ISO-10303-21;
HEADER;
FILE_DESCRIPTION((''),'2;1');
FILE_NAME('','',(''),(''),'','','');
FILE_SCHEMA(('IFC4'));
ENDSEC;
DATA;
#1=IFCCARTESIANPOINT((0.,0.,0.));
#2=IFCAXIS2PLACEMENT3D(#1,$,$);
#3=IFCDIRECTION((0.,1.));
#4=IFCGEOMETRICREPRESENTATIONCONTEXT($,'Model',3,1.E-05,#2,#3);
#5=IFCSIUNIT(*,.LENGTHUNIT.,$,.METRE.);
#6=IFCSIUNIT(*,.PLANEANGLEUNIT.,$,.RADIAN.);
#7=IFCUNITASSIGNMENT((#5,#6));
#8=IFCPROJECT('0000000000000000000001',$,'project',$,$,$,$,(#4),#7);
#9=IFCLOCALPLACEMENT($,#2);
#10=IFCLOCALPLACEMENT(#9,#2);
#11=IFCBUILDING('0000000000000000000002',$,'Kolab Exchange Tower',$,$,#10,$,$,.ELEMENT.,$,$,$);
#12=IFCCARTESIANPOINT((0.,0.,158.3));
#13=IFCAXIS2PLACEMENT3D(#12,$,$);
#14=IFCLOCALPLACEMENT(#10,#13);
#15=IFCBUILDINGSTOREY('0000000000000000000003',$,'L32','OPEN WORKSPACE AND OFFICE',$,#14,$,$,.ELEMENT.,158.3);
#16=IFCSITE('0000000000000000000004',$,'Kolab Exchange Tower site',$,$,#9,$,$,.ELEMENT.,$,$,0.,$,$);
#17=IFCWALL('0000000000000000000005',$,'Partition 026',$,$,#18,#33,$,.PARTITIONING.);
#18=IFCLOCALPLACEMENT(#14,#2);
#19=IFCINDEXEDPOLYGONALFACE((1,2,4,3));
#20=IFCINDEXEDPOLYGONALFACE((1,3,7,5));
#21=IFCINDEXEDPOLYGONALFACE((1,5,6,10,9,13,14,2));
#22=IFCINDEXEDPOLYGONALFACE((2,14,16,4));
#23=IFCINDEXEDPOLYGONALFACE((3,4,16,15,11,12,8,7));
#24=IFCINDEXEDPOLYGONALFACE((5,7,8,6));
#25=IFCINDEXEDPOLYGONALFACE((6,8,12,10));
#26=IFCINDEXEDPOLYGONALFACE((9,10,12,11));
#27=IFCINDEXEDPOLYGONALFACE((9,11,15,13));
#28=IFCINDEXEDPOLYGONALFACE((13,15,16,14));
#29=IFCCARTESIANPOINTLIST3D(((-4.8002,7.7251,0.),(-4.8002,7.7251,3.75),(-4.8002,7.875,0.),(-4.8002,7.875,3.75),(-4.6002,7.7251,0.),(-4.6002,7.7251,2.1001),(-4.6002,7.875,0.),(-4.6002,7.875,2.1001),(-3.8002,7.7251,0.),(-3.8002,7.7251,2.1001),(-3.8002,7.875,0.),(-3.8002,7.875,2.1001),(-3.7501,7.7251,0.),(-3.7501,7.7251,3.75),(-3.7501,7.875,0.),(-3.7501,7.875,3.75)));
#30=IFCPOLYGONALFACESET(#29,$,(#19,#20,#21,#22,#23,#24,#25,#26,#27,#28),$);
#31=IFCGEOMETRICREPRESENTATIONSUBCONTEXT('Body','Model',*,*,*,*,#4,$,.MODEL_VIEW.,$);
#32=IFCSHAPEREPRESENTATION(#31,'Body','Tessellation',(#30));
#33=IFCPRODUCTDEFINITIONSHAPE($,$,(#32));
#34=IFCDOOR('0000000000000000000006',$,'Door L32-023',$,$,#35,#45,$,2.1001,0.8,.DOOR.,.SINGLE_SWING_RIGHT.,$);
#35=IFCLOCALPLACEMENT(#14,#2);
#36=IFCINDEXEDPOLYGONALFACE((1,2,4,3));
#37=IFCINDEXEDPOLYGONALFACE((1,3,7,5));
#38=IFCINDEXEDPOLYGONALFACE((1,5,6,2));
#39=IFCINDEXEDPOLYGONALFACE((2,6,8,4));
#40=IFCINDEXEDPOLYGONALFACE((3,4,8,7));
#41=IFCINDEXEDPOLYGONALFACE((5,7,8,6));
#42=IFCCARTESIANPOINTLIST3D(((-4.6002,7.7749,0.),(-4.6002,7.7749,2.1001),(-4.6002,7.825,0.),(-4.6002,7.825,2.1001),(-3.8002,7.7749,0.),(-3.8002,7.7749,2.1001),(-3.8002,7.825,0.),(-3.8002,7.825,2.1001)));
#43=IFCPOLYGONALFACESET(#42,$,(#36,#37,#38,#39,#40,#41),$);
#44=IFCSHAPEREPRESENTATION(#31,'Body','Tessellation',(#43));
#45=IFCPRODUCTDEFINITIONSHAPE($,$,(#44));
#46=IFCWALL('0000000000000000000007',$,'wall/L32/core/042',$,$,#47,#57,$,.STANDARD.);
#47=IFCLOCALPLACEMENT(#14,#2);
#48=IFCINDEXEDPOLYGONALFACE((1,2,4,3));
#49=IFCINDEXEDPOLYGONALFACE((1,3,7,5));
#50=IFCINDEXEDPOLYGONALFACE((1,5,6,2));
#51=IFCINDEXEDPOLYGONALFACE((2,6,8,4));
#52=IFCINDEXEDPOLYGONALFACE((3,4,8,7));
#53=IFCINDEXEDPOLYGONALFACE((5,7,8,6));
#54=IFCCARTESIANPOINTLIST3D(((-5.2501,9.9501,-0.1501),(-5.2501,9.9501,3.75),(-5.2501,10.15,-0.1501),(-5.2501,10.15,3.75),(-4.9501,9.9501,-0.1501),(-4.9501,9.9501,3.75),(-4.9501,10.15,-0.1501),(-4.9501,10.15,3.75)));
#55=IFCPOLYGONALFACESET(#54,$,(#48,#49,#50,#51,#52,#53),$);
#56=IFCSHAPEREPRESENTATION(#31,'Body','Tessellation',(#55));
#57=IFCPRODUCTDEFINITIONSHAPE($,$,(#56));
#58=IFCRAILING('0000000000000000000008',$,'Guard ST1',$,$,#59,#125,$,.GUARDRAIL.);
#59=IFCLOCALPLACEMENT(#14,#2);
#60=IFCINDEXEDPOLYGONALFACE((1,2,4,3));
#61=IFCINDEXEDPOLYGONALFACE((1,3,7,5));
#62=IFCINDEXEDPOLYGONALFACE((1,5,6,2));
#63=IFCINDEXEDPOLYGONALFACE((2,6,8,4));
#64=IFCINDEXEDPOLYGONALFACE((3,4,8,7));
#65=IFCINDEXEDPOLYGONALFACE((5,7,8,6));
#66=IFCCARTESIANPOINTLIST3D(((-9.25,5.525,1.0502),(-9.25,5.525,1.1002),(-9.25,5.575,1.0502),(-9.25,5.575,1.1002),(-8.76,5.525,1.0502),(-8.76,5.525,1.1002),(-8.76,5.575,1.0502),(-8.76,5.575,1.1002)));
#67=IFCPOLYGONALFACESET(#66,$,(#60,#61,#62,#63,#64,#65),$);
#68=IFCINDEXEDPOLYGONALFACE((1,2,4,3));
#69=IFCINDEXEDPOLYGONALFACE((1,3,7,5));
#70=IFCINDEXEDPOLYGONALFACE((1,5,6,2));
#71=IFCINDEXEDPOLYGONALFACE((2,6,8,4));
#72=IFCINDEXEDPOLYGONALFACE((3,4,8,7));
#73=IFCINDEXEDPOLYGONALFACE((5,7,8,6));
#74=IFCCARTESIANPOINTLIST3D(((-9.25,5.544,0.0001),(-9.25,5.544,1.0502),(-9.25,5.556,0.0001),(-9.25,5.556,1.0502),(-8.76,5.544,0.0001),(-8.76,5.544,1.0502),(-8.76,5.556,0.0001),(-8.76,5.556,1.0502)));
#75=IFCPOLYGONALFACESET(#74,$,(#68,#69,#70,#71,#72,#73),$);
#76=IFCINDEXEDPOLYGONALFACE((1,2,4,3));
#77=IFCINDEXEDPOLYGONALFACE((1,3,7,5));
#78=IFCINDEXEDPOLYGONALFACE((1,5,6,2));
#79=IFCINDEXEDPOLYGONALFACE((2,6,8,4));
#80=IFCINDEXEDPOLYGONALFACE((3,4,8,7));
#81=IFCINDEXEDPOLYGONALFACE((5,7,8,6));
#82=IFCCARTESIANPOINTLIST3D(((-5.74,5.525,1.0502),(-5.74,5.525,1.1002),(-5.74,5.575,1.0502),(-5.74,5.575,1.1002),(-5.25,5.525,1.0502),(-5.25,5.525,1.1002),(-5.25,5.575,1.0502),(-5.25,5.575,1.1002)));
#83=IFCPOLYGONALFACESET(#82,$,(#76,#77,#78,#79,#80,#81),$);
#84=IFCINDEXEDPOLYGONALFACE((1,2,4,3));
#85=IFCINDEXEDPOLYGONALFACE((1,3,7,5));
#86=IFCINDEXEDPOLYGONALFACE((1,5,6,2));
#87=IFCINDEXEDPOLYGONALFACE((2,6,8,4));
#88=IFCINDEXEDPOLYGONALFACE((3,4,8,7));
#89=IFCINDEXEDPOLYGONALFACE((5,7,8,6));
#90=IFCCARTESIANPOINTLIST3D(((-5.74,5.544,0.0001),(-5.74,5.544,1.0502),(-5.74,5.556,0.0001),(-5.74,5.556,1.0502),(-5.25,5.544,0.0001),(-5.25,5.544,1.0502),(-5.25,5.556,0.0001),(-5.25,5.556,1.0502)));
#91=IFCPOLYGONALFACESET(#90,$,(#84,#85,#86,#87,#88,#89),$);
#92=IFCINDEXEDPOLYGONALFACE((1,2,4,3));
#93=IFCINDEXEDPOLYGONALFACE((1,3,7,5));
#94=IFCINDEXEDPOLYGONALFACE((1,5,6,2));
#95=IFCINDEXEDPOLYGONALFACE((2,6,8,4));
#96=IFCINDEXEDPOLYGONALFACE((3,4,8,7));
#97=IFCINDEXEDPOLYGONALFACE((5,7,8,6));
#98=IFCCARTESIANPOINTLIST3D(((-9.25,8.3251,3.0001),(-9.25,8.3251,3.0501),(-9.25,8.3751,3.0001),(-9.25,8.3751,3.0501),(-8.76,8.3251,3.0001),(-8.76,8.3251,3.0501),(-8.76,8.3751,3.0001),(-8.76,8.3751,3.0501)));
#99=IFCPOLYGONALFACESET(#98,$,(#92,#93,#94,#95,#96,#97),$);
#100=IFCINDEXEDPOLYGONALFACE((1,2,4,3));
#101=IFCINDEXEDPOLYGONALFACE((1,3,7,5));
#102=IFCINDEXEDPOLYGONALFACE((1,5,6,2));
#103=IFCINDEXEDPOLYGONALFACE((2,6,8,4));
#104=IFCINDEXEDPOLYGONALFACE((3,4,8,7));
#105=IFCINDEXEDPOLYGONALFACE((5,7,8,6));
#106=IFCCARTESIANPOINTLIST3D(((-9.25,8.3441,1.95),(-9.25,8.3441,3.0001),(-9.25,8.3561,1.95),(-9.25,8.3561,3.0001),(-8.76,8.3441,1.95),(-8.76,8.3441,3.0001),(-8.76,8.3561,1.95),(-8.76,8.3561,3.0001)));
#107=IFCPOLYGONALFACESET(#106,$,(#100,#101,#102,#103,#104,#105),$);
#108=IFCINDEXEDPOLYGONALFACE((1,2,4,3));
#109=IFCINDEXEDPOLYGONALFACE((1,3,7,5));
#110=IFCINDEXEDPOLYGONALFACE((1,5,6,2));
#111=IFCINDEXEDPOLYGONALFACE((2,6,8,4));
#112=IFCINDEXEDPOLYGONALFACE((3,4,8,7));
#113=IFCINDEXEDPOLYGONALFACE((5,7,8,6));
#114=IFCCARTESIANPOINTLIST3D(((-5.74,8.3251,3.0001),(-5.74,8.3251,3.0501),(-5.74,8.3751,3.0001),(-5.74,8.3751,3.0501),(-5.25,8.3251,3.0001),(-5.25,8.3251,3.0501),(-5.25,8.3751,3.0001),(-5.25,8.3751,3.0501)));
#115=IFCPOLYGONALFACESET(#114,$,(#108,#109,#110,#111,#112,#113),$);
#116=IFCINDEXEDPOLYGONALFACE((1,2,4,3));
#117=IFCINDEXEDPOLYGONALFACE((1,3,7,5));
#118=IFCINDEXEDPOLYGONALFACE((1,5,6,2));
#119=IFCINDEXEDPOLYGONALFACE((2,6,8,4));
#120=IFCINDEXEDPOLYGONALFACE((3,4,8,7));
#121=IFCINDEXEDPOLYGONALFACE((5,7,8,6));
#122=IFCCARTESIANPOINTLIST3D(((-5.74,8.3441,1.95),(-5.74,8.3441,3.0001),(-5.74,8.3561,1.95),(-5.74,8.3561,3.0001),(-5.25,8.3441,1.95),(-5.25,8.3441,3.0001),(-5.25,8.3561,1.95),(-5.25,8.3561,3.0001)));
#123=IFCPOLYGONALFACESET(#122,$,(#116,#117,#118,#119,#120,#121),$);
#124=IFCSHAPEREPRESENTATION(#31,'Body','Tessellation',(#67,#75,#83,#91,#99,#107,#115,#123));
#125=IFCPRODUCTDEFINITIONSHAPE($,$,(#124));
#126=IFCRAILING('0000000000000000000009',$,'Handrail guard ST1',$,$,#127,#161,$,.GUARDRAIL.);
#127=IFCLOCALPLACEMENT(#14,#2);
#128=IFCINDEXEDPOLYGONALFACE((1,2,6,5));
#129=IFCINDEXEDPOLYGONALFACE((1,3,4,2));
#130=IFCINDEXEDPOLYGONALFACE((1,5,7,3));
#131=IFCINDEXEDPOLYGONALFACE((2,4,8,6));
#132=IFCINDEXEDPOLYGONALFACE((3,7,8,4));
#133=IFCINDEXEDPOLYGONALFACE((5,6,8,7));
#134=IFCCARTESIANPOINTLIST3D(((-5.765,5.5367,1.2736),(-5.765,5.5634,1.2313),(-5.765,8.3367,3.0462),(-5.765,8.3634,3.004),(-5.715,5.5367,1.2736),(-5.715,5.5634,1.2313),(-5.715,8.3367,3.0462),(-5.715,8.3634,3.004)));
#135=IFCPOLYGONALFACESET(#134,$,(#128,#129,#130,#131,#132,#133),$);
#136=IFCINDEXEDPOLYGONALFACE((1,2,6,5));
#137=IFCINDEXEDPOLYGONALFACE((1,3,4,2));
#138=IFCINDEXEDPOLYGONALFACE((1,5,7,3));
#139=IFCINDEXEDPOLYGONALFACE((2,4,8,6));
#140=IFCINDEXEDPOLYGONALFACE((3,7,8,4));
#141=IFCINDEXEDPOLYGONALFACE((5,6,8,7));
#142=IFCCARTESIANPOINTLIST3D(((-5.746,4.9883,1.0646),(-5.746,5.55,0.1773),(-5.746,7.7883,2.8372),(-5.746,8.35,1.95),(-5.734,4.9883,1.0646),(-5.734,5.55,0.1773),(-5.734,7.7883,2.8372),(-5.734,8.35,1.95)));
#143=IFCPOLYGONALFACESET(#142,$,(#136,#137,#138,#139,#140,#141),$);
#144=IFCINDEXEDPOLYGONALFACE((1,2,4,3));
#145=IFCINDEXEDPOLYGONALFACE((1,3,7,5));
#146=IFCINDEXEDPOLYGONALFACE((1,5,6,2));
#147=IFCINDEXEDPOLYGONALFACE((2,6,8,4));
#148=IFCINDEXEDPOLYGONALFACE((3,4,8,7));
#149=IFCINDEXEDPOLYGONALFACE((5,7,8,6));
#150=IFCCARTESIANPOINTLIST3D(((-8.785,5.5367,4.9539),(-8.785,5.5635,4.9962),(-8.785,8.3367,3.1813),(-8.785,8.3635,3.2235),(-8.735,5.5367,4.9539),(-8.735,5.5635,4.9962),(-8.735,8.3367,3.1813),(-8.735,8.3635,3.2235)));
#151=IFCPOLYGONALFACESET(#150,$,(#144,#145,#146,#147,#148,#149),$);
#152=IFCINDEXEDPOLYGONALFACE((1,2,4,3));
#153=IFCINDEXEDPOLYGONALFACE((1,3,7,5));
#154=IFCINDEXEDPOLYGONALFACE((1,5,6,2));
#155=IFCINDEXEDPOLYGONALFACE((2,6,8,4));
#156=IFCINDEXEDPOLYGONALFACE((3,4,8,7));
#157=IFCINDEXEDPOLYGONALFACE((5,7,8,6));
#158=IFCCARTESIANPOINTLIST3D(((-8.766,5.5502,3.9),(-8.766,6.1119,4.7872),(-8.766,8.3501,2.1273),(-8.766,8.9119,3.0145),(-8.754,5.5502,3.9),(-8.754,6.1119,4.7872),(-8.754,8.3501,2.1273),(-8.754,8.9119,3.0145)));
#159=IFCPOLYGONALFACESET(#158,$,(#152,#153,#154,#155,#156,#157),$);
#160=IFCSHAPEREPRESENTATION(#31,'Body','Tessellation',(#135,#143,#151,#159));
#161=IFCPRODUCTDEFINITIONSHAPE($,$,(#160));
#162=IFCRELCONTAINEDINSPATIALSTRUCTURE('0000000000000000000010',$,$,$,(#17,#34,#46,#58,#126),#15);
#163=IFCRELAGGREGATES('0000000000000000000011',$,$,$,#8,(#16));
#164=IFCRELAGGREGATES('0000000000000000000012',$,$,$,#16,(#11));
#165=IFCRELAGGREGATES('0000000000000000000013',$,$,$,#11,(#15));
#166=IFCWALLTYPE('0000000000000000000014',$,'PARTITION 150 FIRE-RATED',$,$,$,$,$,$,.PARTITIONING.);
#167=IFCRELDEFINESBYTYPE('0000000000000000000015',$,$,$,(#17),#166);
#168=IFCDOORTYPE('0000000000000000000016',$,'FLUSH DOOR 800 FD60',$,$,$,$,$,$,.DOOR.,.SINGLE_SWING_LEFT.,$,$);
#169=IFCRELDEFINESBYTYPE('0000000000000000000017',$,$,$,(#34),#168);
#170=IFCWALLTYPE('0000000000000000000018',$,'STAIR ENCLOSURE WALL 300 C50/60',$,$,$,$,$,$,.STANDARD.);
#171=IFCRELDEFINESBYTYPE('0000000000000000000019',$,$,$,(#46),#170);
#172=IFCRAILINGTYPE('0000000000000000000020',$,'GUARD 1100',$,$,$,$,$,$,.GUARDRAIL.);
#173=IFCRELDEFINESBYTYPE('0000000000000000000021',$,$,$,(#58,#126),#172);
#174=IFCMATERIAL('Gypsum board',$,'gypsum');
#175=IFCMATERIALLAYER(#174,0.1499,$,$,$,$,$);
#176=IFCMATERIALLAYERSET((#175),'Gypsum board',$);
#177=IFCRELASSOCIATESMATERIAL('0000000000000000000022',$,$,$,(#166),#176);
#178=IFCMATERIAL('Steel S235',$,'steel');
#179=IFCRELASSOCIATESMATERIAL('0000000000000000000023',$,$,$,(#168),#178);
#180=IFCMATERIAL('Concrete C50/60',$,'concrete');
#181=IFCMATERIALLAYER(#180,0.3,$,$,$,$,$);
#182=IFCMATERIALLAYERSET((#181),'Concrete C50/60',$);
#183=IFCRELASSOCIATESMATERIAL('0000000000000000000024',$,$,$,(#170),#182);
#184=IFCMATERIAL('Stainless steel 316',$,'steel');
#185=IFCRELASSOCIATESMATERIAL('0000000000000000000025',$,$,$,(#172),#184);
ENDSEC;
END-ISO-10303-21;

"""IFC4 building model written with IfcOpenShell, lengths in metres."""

from ifc_helpers import new_model, si_unit, direction, frame, frame_2d, origin, origin_2d, place, context, subcontext, project, spatial, rectangle, extrude, material, layer, layer_set, type_object, element, fill, save


model = new_model("IFC4")

# Units and contexts
model_context = context("Model", 3, precision=1e-05, world=origin(), true_north=direction((0.0, 1.0)))
body_context = subcontext(model_context, "Body", "Model", "MODEL_VIEW")
ifc_project = project(units=[si_unit("LENGTHUNIT", "METRE"), si_unit("PLANEANGLEUNIT", "RADIAN")], contexts=[model_context])

# Site, building, storey
site_placement = place(None, origin())
site = spatial("IfcSite", under=ifc_project, at=site_placement, Name="Kolab Exchange Tower site", CompositionType="ELEMENT", RefElevation=0.0)
building_placement = place(site_placement, origin())
building = spatial("IfcBuilding", under=site, at=building_placement, Name="Kolab Exchange Tower", CompositionType="ELEMENT")
storey_placement = place(building_placement, frame((0.0, 0.0, 158.3)))
storey = spatial("IfcBuildingStorey", under=building, at=storey_placement, Name="L32", Description="OPEN WORKSPACE AND OFFICE", CompositionType="ELEMENT", Elevation=158.3)

# Shared definitions
ifc_material_1 = material(Name="Steel S235", Category="steel")
ifc_material_2 = material(Name="Concrete C50/60", Category="concrete")
ifc_material_3 = material(Name="Stainless steel 316", Category="steel")

# Shared definitions
ifc_material_4 = material(Name="Gypsum board", Category="gypsum")
ifc_layer_1 = layer(ifc_material_4, 0.1499)
ifc_layer_set_1 = layer_set([ifc_layer_1], Name="Gypsum board")
wall_type_1 = type_object("IfcWallType", Name="PARTITION 150 FIRE-RATED", PredefinedType="PARTITIONING", material=ifc_layer_set_1)

# Wall, opening, door
wall_1_placement = place(storey_placement, frame((-4.8, 7.8, 0.0), z_axis=(0.0, 0.0, 1.0), x_axis=(1.0, 0.0, 0.0)))
wall_1 = element("IfcWall", 1, at=wall_1_placement, inside=storey, type_object=wall_type_1, Name="Partition 026", PredefinedType="PARTITIONING", context=body_context, shape_type="SweptSolid", body=[
    extrude(rectangle(XDim=1.05, YDim=0.1499, at=frame_2d((0.5249, 0.0))), origin(), (0.0, 0.0, 1.0), 3.75),
])
opening_1_placement = place(wall_1_placement, frame((0.2, 0.0, 0.0)))
opening_1 = element("IfcOpeningElement", 2, at=opening_1_placement, cuts=wall_1, PredefinedType="OPENING", context=body_context, shape_type="SweptSolid", body=[
    extrude(rectangle(XDim=0.8, YDim=2.1001, at=frame_2d((0.3999, 1.05))), frame((0.0, 0.085, 0.0), z_axis=(0.0, -1.0, 0.0), x_axis=(1.0, 0.0, 0.0)), (0.0, 0.0, 1.0), 0.1699),
])
door_type_1 = type_object("IfcDoorType", Name="FLUSH DOOR 800 FD60", OperationType="SINGLE_SWING_LEFT", PredefinedType="DOOR", material=ifc_material_1)
door_1_placement = place(opening_1_placement, origin())
door_1 = element("IfcDoor", 3, at=door_1_placement, inside=storey, type_object=door_type_1, Name="Door L32-023", OperationType="SINGLE_SWING_RIGHT", OverallHeight=2.1001, OverallWidth=0.8, PredefinedType="DOOR", context=body_context, shape_type="SweptSolid", body=[
    extrude(rectangle(XDim=0.8, YDim=2.1001, at=frame_2d((0.3999, 1.05))), frame((0.0, 0.0249, 0.0), z_axis=(0.0, -1.0, 0.0), x_axis=(1.0, 0.0, 0.0)), (0.0, 0.0, 1.0), 0.05),
])
fill(opening_1, door_1)

# Wall
ifc_layer_2 = layer(ifc_material_2, 0.3)
ifc_layer_set_2 = layer_set([ifc_layer_2], Name="Concrete C50/60")
wall_type_2 = type_object("IfcWallType", Name="STAIR ENCLOSURE WALL 300 C50/60", PredefinedType="STANDARD", material=ifc_layer_set_2)
wall_2_placement = place(storey_placement, frame((-5.1001, 9.95, -0.1501), z_axis=(0.0, 0.0, 1.0), x_axis=(0.0, 1.0, 0.0)))
element("IfcWall", 4, at=wall_2_placement, inside=storey, type_object=wall_type_2, Name="wall/L32/core/042", PredefinedType="STANDARD", context=body_context, shape_type="SweptSolid", body=[
    extrude(rectangle(XDim=0.2, YDim=0.3, at=frame_2d((0.1001, 0.0))), origin(), (0.0, 0.0, 1.0), 3.9001),
])

# Railings
railing_type = type_object("IfcRailingType", Name="GUARD 1100", PredefinedType="GUARDRAIL", material=ifc_material_3)
railing_1_placement = place(storey_placement, frame((-9.25, 5.55, 0.0)))
element("IfcRailing", 5, at=railing_1_placement, inside=storey, type_object=railing_type, Name="Guard ST1", PredefinedType="GUARDRAIL", context=body_context, shape_type="SweptSolid", body=[
    extrude(rectangle(XDim=0.05, YDim=0.05, at=origin_2d()), frame((0.0, 0.0, 1.0752), z_axis=(1.0, 0.0, 0.0), x_axis=(0.0, 1.0, 0.0)), (0.0, 0.0, 1.0), 0.49),
    extrude(rectangle(XDim=0.012, YDim=1.0501, at=frame_2d((0.0, 0.5251))), frame((0.0, 0.0, 0.0), z_axis=(1.0, 0.0, 0.0), x_axis=(0.0, 1.0, 0.0)), (0.0, 0.0, 1.0), 0.49),
    extrude(rectangle(XDim=0.05, YDim=0.05, at=origin_2d()), frame((3.51, 0.0, 1.0752), z_axis=(1.0, 0.0, 0.0), x_axis=(0.0, 1.0, 0.0)), (0.0, 0.0, 1.0), 0.49),
    extrude(rectangle(XDim=0.012, YDim=1.0501, at=frame_2d((0.0, 0.5251))), frame((3.51, 0.0, 0.0), z_axis=(1.0, 0.0, 0.0), x_axis=(0.0, 1.0, 0.0)), (0.0, 0.0, 1.0), 0.49),
    extrude(rectangle(XDim=0.05, YDim=0.05, at=origin_2d()), frame((0.0, 2.8, 3.0251), z_axis=(1.0, 0.0, 0.0), x_axis=(0.0, 1.0, 0.0)), (0.0, 0.0, 1.0), 0.49),
    extrude(rectangle(XDim=0.012, YDim=1.0501, at=frame_2d((0.0, 0.5251))), frame((0.0, 2.8, 1.95), z_axis=(1.0, 0.0, 0.0), x_axis=(0.0, 1.0, 0.0)), (0.0, 0.0, 1.0), 0.49),
    extrude(rectangle(XDim=0.05, YDim=0.05, at=origin_2d()), frame((3.51, 2.8, 3.0251), z_axis=(1.0, 0.0, 0.0), x_axis=(0.0, 1.0, 0.0)), (0.0, 0.0, 1.0), 0.49),
    extrude(rectangle(XDim=0.012, YDim=1.0501, at=frame_2d((0.0, 0.5251))), frame((3.51, 2.8, 1.95), z_axis=(1.0, 0.0, 0.0), x_axis=(0.0, 1.0, 0.0)), (0.0, 0.0, 1.0), 0.49),
])
railing_2_placement = place(storey_placement, frame((-5.74, 5.55, 0.1772)))
element("IfcRailing", 6, at=railing_2_placement, inside=storey, type_object=railing_type, Name="Handrail guard ST1", PredefinedType="GUARDRAIL", context=body_context, shape_type="SweptSolid", body=[
    extrude(rectangle(XDim=0.05, YDim=0.05, at=origin_2d()), frame((0.0, 0.0, 1.0752), z_axis=(0.0, 0.844909, 0.53491), x_axis=(-1.0, 0.0, 0.0)), (0.0, 0.0, 1.0), 3.314),
    extrude(rectangle(XDim=0.012, YDim=1.0501, at=frame_2d((0.0, 0.5251))), frame((0.0, 0.0, 0.0), z_axis=(0.0, 0.844909, 0.53491), x_axis=(-1.0, 0.0, 0.0)), (0.0, 0.0, 1.0), 3.314),
    extrude(rectangle(XDim=0.05, YDim=0.05, at=origin_2d()), frame((-3.02, 2.8, 3.0251), z_axis=(0.0, -0.844909, 0.53491), x_axis=(1.0, 0.0, 0.0)), (0.0, 0.0, 1.0), 3.314),
    extrude(rectangle(XDim=0.012, YDim=1.0501, at=frame_2d((0.0, 0.5251))), frame((-3.02, 2.8, 1.95), z_axis=(0.0, -0.844909, 0.53491), x_axis=(1.0, 0.0, 0.0)), (0.0, 0.0, 1.0), 3.314),
])

save(model, "model.ifc")
